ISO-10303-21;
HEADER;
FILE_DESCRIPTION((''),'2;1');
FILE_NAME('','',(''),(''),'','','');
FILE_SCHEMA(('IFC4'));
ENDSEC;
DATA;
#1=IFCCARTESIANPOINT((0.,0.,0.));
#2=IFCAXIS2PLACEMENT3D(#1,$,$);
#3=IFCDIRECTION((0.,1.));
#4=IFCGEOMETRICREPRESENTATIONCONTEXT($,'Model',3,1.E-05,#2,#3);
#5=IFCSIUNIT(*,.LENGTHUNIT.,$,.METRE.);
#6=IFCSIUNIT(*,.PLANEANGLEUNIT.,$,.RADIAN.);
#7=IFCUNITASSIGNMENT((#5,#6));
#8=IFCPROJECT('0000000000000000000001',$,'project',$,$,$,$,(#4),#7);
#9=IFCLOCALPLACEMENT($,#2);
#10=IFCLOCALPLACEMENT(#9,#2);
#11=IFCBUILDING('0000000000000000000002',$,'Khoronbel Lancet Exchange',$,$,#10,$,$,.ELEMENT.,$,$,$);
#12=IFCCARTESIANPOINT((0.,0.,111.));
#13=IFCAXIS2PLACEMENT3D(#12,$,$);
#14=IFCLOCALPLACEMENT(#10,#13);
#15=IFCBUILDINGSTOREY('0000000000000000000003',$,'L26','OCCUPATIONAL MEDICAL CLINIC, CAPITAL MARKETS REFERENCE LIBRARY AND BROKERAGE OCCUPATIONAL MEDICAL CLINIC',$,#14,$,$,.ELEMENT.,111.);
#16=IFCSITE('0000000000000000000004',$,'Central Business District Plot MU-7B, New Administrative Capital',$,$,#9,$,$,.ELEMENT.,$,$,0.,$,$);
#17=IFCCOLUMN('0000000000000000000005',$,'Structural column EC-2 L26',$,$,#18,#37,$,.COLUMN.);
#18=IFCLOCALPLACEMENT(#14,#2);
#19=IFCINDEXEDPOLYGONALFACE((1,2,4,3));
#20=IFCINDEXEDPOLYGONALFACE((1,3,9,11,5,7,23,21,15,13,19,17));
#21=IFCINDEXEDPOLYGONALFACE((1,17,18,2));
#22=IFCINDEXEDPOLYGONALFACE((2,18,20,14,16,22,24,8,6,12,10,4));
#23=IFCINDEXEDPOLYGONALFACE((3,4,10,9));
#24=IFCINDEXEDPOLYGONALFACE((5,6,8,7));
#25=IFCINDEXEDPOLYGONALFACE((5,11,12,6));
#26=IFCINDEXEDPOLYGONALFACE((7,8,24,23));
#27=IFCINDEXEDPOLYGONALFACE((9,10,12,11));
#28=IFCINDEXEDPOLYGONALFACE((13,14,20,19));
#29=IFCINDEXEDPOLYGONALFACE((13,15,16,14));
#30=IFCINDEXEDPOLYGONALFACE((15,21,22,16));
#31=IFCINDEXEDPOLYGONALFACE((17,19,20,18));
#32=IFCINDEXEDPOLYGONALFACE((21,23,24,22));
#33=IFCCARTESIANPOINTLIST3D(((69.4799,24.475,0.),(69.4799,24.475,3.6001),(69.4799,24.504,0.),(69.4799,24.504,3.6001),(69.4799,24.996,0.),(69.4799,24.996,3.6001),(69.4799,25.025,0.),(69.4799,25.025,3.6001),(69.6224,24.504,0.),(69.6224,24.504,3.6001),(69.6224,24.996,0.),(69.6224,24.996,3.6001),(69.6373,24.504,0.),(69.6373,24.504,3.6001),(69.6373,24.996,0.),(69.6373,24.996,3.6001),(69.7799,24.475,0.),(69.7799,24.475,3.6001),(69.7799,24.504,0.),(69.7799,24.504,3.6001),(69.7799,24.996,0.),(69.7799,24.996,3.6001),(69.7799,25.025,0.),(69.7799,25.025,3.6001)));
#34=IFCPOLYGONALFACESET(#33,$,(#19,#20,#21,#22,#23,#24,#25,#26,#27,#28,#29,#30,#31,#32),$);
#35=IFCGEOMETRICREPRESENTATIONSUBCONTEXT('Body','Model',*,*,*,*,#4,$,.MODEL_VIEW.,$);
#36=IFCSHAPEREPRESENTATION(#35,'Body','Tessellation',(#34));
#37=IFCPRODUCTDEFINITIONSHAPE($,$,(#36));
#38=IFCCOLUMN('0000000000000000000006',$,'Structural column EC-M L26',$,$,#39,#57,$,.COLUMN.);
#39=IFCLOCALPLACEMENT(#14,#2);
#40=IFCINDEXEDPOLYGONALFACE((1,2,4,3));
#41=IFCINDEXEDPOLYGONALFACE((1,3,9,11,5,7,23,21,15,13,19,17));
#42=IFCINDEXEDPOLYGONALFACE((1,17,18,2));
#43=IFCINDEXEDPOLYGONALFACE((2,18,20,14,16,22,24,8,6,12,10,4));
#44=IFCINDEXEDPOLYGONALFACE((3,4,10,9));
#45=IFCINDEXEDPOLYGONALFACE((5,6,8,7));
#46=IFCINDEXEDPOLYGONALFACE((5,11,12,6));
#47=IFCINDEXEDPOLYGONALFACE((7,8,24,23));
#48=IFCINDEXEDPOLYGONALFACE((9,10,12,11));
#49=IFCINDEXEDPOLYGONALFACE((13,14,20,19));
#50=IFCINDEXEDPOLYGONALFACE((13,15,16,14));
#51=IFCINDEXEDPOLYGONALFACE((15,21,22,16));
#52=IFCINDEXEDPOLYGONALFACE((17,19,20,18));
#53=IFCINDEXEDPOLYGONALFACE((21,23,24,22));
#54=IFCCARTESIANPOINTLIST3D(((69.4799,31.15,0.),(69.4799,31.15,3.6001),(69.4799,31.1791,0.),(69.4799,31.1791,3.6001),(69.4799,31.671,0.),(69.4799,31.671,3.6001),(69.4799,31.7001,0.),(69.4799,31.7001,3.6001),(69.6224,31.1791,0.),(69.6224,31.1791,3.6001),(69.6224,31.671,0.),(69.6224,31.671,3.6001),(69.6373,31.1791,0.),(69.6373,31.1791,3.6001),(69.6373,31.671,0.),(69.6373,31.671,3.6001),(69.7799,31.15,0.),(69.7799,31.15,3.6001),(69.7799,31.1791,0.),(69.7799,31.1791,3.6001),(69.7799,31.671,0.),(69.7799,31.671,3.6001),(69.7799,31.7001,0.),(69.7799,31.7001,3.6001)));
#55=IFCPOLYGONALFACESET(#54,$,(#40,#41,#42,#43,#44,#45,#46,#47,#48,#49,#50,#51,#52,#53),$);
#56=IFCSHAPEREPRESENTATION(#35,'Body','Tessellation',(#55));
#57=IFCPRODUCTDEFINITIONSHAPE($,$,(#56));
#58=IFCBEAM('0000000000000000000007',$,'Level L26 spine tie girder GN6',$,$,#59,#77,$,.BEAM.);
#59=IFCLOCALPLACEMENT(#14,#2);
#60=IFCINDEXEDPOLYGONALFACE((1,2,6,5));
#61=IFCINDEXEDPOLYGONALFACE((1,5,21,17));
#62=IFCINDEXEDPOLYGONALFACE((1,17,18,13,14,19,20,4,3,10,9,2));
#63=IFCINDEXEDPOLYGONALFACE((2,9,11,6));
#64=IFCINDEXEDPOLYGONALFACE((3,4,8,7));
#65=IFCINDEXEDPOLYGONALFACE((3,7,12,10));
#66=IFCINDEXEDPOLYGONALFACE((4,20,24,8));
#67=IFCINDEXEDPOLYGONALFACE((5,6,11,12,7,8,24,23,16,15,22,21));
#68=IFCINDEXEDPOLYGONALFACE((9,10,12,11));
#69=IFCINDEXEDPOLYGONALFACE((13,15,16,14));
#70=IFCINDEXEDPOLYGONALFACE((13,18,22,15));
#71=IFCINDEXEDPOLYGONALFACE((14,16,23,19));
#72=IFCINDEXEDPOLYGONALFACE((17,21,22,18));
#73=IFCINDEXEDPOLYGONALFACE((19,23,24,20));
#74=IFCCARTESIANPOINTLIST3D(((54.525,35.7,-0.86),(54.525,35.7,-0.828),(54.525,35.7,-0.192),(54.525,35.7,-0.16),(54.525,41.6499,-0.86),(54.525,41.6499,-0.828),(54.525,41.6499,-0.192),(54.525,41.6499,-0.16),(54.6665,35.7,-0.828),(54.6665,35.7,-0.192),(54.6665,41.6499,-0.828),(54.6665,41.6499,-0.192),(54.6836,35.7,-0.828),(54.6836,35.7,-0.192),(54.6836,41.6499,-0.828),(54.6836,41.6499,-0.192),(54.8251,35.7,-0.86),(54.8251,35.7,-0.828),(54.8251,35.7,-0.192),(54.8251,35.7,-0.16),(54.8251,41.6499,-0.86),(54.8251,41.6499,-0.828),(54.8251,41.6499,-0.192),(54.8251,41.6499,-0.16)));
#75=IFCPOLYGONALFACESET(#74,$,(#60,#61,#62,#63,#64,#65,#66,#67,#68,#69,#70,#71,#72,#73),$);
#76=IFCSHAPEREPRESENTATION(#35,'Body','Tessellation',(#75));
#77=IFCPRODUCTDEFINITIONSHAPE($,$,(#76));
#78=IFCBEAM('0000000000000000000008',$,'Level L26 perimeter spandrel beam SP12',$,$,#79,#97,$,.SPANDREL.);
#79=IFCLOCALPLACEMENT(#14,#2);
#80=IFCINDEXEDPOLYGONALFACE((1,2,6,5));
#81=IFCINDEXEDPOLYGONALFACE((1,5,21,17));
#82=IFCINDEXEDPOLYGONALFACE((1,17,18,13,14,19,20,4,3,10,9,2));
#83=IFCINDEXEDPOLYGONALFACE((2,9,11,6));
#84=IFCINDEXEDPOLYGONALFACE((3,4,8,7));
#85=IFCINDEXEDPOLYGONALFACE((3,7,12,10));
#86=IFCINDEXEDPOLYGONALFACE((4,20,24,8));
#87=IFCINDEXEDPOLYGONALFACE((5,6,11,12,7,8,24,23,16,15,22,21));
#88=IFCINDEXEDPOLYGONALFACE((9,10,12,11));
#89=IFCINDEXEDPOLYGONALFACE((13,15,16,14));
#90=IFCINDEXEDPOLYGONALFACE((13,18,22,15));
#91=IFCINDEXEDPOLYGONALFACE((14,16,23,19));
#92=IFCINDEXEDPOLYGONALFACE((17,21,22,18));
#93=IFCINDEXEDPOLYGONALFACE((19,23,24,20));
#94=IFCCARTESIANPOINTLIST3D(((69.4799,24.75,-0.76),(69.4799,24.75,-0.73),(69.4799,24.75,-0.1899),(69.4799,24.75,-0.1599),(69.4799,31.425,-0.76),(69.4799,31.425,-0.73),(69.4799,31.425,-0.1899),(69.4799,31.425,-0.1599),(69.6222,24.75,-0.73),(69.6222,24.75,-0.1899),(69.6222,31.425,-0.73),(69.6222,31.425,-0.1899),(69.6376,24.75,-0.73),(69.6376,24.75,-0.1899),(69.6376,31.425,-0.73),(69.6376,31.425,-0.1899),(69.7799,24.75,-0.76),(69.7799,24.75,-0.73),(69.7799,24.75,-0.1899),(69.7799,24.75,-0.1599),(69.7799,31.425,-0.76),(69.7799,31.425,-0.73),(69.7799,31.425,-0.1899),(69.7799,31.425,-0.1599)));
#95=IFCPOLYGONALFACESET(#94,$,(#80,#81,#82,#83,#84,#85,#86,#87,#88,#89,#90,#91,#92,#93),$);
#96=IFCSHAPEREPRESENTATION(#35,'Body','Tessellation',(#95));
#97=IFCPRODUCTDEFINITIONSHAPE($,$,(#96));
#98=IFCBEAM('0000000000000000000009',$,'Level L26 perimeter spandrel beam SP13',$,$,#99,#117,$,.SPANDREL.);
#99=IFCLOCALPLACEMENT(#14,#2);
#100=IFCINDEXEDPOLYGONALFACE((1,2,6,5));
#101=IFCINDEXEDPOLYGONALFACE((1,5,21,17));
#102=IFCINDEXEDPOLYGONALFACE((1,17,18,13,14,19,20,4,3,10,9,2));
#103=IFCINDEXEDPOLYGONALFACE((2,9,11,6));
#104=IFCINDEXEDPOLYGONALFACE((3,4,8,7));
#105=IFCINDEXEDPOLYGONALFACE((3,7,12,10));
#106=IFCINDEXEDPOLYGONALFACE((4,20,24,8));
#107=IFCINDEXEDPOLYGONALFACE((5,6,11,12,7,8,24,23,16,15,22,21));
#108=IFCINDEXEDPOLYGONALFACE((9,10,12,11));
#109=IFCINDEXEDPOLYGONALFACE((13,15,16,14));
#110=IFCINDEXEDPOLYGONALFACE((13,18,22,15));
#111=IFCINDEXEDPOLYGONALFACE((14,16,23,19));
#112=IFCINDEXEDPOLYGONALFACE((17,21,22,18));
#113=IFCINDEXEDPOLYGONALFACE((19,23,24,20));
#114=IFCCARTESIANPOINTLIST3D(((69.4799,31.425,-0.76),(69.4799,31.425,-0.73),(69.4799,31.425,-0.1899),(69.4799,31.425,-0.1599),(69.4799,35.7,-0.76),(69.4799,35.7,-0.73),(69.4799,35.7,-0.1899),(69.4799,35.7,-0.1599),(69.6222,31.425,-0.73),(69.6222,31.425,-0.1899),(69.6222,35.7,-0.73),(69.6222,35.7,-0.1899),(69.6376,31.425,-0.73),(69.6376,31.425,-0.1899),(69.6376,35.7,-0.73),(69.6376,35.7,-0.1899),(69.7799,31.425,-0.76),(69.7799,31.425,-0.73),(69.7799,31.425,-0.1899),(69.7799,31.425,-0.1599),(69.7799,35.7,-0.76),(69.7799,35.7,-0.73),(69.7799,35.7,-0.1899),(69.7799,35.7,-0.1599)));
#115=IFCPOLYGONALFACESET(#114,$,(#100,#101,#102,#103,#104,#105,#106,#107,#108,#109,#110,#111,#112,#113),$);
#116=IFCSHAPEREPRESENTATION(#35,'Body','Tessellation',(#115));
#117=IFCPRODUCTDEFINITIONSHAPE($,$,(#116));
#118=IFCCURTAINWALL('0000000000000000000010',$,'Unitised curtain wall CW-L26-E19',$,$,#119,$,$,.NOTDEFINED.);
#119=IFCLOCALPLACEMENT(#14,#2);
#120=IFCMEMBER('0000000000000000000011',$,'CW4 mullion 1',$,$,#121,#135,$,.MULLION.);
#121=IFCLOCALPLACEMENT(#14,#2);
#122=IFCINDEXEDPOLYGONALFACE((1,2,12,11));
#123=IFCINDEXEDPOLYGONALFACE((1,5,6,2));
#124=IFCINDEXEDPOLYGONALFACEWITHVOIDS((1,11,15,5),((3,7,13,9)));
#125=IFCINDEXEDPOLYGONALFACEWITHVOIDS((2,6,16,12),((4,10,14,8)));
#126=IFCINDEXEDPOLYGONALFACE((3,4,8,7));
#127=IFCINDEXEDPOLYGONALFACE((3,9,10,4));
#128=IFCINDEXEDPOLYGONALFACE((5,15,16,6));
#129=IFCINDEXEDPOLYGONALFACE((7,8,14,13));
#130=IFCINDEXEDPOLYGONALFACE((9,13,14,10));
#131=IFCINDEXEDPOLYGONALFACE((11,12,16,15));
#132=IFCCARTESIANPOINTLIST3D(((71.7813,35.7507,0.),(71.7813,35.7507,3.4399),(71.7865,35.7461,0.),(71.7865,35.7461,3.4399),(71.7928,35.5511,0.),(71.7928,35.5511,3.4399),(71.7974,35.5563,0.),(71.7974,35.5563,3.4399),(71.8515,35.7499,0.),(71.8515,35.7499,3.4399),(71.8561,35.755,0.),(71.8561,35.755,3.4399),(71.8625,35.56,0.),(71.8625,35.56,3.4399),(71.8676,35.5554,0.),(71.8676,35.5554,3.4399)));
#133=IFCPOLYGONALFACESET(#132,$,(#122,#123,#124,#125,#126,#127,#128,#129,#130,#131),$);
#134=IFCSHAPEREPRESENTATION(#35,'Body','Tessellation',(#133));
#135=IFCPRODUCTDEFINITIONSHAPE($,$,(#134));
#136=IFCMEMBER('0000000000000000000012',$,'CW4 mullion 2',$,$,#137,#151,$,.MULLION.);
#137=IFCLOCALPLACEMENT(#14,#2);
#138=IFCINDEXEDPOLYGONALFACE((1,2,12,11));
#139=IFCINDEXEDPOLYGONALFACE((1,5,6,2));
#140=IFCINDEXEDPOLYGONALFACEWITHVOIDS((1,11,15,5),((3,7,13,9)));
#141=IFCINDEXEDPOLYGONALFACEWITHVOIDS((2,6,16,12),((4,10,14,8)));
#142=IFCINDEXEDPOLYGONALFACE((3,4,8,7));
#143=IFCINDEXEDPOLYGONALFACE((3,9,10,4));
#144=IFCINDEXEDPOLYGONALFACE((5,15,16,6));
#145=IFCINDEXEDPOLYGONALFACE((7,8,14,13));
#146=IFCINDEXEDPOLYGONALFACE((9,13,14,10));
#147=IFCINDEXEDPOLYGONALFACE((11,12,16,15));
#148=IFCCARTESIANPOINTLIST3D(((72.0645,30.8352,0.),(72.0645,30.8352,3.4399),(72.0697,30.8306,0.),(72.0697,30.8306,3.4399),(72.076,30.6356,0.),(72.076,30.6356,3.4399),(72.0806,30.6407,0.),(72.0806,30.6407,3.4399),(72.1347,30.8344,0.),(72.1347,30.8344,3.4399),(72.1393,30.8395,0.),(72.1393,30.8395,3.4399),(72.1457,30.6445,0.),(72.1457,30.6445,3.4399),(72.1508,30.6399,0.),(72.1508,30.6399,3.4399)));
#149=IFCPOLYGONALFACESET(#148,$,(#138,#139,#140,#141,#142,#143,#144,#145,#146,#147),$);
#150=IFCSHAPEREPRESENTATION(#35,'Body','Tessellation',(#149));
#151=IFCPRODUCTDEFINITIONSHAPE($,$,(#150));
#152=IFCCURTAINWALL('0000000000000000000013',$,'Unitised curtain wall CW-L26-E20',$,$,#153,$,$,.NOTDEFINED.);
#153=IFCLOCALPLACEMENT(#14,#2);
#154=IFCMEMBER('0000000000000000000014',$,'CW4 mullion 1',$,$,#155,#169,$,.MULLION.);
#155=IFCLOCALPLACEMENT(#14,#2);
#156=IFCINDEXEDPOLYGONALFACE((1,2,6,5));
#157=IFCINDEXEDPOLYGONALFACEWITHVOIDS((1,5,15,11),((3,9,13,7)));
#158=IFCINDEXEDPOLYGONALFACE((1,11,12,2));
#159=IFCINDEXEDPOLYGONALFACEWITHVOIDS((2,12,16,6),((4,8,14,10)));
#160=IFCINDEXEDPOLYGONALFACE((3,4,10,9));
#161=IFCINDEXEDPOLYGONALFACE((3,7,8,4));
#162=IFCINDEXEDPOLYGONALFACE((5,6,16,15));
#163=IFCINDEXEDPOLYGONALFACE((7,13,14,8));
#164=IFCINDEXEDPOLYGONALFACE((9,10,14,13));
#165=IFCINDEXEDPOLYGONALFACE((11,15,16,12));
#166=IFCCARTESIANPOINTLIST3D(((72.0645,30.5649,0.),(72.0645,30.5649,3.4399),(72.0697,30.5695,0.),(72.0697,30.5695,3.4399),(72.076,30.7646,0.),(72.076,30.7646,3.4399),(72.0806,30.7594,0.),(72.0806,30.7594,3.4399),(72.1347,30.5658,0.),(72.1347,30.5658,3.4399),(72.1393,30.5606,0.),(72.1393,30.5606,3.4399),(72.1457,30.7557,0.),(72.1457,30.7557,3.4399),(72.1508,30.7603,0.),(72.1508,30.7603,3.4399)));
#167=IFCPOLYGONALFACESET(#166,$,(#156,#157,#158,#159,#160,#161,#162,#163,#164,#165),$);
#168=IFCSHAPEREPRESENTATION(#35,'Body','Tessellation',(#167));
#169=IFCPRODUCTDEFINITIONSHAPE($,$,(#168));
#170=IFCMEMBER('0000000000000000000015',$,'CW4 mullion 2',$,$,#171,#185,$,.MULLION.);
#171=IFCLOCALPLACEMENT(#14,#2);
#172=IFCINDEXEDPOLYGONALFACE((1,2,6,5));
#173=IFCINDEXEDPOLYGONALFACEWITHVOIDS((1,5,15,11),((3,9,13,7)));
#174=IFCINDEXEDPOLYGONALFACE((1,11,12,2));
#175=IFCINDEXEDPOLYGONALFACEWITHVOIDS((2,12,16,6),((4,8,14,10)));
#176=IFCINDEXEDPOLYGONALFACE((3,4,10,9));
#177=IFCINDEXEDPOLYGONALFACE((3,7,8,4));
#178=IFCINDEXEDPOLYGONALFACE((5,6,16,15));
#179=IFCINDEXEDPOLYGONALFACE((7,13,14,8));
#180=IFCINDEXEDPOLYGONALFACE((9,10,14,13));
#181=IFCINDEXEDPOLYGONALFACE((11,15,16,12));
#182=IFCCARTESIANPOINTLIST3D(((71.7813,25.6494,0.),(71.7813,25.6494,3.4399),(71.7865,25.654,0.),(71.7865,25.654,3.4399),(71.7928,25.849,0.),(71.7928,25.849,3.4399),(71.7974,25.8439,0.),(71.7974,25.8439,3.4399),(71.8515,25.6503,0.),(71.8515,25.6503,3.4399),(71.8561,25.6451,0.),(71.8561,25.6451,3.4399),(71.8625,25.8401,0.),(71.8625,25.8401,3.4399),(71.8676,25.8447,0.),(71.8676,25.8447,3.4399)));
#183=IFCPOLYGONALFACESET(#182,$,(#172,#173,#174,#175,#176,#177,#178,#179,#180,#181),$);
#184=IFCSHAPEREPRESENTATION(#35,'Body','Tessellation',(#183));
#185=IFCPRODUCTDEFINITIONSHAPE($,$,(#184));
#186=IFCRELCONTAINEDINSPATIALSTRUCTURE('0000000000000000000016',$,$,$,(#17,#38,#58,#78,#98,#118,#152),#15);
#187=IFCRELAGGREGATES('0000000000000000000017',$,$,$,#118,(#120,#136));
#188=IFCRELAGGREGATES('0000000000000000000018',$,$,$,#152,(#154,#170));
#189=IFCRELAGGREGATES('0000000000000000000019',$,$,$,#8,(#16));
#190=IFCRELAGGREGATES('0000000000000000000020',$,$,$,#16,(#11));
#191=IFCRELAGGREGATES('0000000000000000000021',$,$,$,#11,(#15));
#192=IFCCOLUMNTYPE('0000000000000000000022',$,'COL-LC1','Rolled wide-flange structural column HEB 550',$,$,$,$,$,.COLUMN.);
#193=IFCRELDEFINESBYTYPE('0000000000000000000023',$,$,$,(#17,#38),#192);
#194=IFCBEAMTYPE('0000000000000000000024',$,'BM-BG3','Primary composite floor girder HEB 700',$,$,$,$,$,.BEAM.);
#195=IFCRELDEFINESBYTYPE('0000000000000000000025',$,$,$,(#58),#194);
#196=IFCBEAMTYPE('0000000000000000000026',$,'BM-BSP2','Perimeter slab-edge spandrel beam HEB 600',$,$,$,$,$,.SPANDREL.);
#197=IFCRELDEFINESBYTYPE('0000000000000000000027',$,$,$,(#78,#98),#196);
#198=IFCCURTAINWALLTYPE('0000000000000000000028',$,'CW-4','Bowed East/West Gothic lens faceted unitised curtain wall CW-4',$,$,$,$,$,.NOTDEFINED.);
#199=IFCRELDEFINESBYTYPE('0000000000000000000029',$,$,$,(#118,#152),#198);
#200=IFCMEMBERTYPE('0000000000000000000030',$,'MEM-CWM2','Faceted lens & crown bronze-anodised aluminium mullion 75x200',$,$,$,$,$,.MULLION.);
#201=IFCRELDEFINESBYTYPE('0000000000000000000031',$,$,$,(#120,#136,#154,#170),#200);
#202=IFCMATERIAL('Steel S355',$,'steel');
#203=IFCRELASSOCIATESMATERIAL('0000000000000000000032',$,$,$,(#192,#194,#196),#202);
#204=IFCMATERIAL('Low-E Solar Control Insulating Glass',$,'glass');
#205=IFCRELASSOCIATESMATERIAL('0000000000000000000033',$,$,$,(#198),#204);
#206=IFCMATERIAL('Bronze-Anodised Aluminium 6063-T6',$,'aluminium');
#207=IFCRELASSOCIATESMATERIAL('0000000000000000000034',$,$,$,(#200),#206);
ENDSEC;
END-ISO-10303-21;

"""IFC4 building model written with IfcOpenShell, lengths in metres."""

from ifc_helpers import new_model, si_unit, direction, frame, origin, origin_2d, place, context, subcontext, project, spatial, hollow_rectangle, i_section, extrude, material, material_profile, profile_set, type_object, element, aggregate, save


model = new_model("IFC4")

# Units and contexts
model_context = context("Model", 3, precision=1e-05, world=origin(), true_north=direction((0.0, 1.0)))
body_context = subcontext(model_context, "Body", "Model", "MODEL_VIEW")
ifc_project = project(units=[si_unit("LENGTHUNIT", "METRE"), si_unit("PLANEANGLEUNIT", "RADIAN")], contexts=[model_context])

# Site, building, storey
site_placement = place(None, origin())
site = spatial("IfcSite", under=ifc_project, at=site_placement, Name="Central Business District Plot MU-7B, New Administrative Capital", CompositionType="ELEMENT", RefElevation=0.0)
building_placement = place(site_placement, origin())
building = spatial("IfcBuilding", under=site, at=building_placement, Name="Khoronbel Lancet Exchange", CompositionType="ELEMENT")
storey_placement = place(building_placement, frame((0.0, 0.0, 111.0)))
storey = spatial("IfcBuildingStorey", under=building, at=storey_placement, Name="L26", Description="OCCUPATIONAL MEDICAL CLINIC, CAPITAL MARKETS REFERENCE LIBRARY AND BROKERAGE OCCUPATIONAL MEDICAL CLINIC", CompositionType="ELEMENT", Elevation=111.0)

# Columns
ifc_material_1 = material(Name="Steel S355", Category="steel")
ifc_material_profile_1 = material_profile(ifc_material_1, i_section(OverallWidth=0.3, OverallDepth=0.55, WebThickness=0.0149, FlangeThickness=0.0291, at=origin_2d()), Name="HEB 550")
ifc_profile_set_1 = profile_set([ifc_material_profile_1], Name="Steel S355")
column_type = type_object("IfcColumnType", Name="COL-LC1", Description="Rolled wide-flange structural column HEB 550", PredefinedType="COLUMN", material=ifc_profile_set_1)
for number, where, z_axis, x_axis, name in (
    (1, (69.6299, 24.75, 0.0), (0.0, 0.0, 1.0), (1.0, 0.0, 0.0), "Structural column EC-2 L26"),
    (2, (69.6299, 31.425, 0.0), (0.0, 0.0, 1.0), (1.0, 0.0, 0.0), "Structural column EC-M L26"),
):
    element("IfcColumn", number, at=place(storey_placement, frame(where, z_axis=z_axis, x_axis=x_axis)), inside=storey, type_object=column_type, Name=name, PredefinedType="COLUMN", context=body_context, shape_type="SweptSolid", body=[
        extrude(i_section(OverallWidth=0.3, OverallDepth=0.55, WebThickness=0.0149, FlangeThickness=0.0291, at=origin_2d()), origin(), (0.0, 0.0, 1.0), 3.6001),
    ])

# Beams
ifc_material_profile_2 = material_profile(ifc_material_1, i_section(OverallWidth=0.3, OverallDepth=0.7, WebThickness=0.0171, FlangeThickness=0.032, at=origin_2d()), Name="HEB 700")
ifc_profile_set_2 = profile_set([ifc_material_profile_2], Name="Steel S355")
beam_type_1 = type_object("IfcBeamType", Name="BM-BG3", Description="Primary composite floor girder HEB 700", PredefinedType="BEAM", material=ifc_profile_set_2)
beam_1_placement = place(storey_placement, frame((54.675, 35.7, -0.51), z_axis=(0.0, 1.0, 0.0), x_axis=(-1.0, 0.0, 0.0)))
element("IfcBeam", 3, at=beam_1_placement, inside=storey, type_object=beam_type_1, Name="Level L26 spine tie girder GN6", PredefinedType="BEAM", context=body_context, shape_type="SweptSolid", body=[
    extrude(i_section(OverallWidth=0.3, OverallDepth=0.7, WebThickness=0.0171, FlangeThickness=0.032, at=origin_2d()), origin(), (0.0, 0.0, 1.0), 5.95),
])
ifc_material_profile_3 = material_profile(ifc_material_1, i_section(OverallWidth=0.3, OverallDepth=0.6001, WebThickness=0.0154, FlangeThickness=0.03, at=origin_2d()), Name="HEB 600")
ifc_profile_set_3 = profile_set([ifc_material_profile_3], Name="Steel S355")
beam_type_2 = type_object("IfcBeamType", Name="BM-BSP2", Description="Perimeter slab-edge spandrel beam HEB 600", PredefinedType="SPANDREL", material=ifc_profile_set_3)
beam_2_placement = place(storey_placement, frame((69.6299, 24.75, -0.46), z_axis=(0.0, 1.0, 0.0), x_axis=(-1.0, 0.0, 0.0)))
element("IfcBeam", 4, at=beam_2_placement, inside=storey, type_object=beam_type_2, Name="Level L26 perimeter spandrel beam SP12", PredefinedType="SPANDREL", context=body_context, shape_type="SweptSolid", body=[
    extrude(i_section(OverallWidth=0.3, OverallDepth=0.6001, WebThickness=0.0154, FlangeThickness=0.03, at=origin_2d()), origin(), (0.0, 0.0, 1.0), 6.675),
])
beam_3_placement = place(storey_placement, frame((69.6299, 31.425, -0.46), z_axis=(0.0, 1.0, 0.0), x_axis=(-1.0, 0.0, 0.0)))
element("IfcBeam", 5, at=beam_3_placement, inside=storey, type_object=beam_type_2, Name="Level L26 perimeter spandrel beam SP13", PredefinedType="SPANDREL", context=body_context, shape_type="SweptSolid", body=[
    extrude(i_section(OverallWidth=0.3, OverallDepth=0.6001, WebThickness=0.0154, FlangeThickness=0.03, at=origin_2d()), origin(), (0.0, 0.0, 1.0), 4.2749),
])

# Curtain walls, members
ifc_material_2 = material(Name="Low-E Solar Control Insulating Glass", Category="glass")
curtain_wall_type = type_object("IfcCurtainWallType", Name="CW-4", Description="Bowed East/West Gothic lens faceted unitised curtain wall CW-4", PredefinedType="NOTDEFINED", material=ifc_material_2)
curtain_wall_1_placement = place(storey_placement, origin())
curtain_wall_1 = element("IfcCurtainWall", 6, at=curtain_wall_1_placement, inside=storey, type_object=curtain_wall_type, Name="Unitised curtain wall CW-L26-E19", PredefinedType="NOTDEFINED")
ifc_material_3 = material(Name="Bronze-Anodised Aluminium 6063-T6", Category="aluminium")
ifc_material_profile_4 = material_profile(ifc_material_3, hollow_rectangle(XDim=0.075, YDim=0.2, WallThickness=0.0049, at=origin_2d()), Name="ALU MULLION 75x200")
ifc_profile_set_4 = profile_set([ifc_material_profile_4], Name="Bronze-Anodised Aluminium 6063-T6")
member_type_1 = type_object("IfcMemberType", Name="MEM-CWM2", Description="Faceted lens & crown bronze-anodised aluminium mullion 75x200", PredefinedType="MULLION", material=ifc_profile_set_4)
member_1_placement = place(storey_placement, frame((71.8245, 35.6531, 0.0), z_axis=(0.0, 0.0, 1.0), x_axis=(0.998345, 0.057515, 0.0)))
member_1 = element("IfcMember", 7, at=member_1_placement, type_object=member_type_1, Name="CW4 mullion 1", PredefinedType="MULLION", context=body_context, shape_type="SweptSolid", body=[
    extrude(hollow_rectangle(XDim=0.075, YDim=0.2, WallThickness=0.0049, at=origin_2d()), origin(), (0.0, 0.0, 1.0), 3.4399),
])
member_2_placement = place(storey_placement, frame((72.1077, 30.7375, 0.0), z_axis=(0.0, 0.0, 1.0), x_axis=(0.998345, 0.057515, 0.0)))
member_2 = element("IfcMember", 8, at=member_2_placement, type_object=member_type_1, Name="CW4 mullion 2", PredefinedType="MULLION", context=body_context, shape_type="SweptSolid", body=[
    extrude(hollow_rectangle(XDim=0.075, YDim=0.2, WallThickness=0.0049, at=origin_2d()), origin(), (0.0, 0.0, 1.0), 3.4399),
])
curtain_wall_2_placement = place(storey_placement, origin())
curtain_wall_2 = element("IfcCurtainWall", 9, at=curtain_wall_2_placement, inside=storey, type_object=curtain_wall_type, Name="Unitised curtain wall CW-L26-E20", PredefinedType="NOTDEFINED")
member_3_placement = place(storey_placement, frame((72.1077, 30.6626, 0.0), z_axis=(0.0, 0.0, 1.0), x_axis=(0.998345, -0.057515, 0.0)))
member_3 = element("IfcMember", 10, at=member_3_placement, type_object=member_type_1, Name="CW4 mullion 1", PredefinedType="MULLION", context=body_context, shape_type="SweptSolid", body=[
    extrude(hollow_rectangle(XDim=0.075, YDim=0.2, WallThickness=0.0049, at=origin_2d()), origin(), (0.0, 0.0, 1.0), 3.4399),
])
member_4_placement = place(storey_placement, frame((71.8245, 25.7471, 0.0), z_axis=(0.0, 0.0, 1.0), x_axis=(0.998345, -0.057515, 0.0)))
member_4 = element("IfcMember", 11, at=member_4_placement, type_object=member_type_1, Name="CW4 mullion 2", PredefinedType="MULLION", context=body_context, shape_type="SweptSolid", body=[
    extrude(hollow_rectangle(XDim=0.075, YDim=0.2, WallThickness=0.0049, at=origin_2d()), origin(), (0.0, 0.0, 1.0), 3.4399),
])

aggregate(curtain_wall_1, [member_1, member_2])
aggregate(curtain_wall_2, [member_3, member_4])

save(model, "model.ifc")
